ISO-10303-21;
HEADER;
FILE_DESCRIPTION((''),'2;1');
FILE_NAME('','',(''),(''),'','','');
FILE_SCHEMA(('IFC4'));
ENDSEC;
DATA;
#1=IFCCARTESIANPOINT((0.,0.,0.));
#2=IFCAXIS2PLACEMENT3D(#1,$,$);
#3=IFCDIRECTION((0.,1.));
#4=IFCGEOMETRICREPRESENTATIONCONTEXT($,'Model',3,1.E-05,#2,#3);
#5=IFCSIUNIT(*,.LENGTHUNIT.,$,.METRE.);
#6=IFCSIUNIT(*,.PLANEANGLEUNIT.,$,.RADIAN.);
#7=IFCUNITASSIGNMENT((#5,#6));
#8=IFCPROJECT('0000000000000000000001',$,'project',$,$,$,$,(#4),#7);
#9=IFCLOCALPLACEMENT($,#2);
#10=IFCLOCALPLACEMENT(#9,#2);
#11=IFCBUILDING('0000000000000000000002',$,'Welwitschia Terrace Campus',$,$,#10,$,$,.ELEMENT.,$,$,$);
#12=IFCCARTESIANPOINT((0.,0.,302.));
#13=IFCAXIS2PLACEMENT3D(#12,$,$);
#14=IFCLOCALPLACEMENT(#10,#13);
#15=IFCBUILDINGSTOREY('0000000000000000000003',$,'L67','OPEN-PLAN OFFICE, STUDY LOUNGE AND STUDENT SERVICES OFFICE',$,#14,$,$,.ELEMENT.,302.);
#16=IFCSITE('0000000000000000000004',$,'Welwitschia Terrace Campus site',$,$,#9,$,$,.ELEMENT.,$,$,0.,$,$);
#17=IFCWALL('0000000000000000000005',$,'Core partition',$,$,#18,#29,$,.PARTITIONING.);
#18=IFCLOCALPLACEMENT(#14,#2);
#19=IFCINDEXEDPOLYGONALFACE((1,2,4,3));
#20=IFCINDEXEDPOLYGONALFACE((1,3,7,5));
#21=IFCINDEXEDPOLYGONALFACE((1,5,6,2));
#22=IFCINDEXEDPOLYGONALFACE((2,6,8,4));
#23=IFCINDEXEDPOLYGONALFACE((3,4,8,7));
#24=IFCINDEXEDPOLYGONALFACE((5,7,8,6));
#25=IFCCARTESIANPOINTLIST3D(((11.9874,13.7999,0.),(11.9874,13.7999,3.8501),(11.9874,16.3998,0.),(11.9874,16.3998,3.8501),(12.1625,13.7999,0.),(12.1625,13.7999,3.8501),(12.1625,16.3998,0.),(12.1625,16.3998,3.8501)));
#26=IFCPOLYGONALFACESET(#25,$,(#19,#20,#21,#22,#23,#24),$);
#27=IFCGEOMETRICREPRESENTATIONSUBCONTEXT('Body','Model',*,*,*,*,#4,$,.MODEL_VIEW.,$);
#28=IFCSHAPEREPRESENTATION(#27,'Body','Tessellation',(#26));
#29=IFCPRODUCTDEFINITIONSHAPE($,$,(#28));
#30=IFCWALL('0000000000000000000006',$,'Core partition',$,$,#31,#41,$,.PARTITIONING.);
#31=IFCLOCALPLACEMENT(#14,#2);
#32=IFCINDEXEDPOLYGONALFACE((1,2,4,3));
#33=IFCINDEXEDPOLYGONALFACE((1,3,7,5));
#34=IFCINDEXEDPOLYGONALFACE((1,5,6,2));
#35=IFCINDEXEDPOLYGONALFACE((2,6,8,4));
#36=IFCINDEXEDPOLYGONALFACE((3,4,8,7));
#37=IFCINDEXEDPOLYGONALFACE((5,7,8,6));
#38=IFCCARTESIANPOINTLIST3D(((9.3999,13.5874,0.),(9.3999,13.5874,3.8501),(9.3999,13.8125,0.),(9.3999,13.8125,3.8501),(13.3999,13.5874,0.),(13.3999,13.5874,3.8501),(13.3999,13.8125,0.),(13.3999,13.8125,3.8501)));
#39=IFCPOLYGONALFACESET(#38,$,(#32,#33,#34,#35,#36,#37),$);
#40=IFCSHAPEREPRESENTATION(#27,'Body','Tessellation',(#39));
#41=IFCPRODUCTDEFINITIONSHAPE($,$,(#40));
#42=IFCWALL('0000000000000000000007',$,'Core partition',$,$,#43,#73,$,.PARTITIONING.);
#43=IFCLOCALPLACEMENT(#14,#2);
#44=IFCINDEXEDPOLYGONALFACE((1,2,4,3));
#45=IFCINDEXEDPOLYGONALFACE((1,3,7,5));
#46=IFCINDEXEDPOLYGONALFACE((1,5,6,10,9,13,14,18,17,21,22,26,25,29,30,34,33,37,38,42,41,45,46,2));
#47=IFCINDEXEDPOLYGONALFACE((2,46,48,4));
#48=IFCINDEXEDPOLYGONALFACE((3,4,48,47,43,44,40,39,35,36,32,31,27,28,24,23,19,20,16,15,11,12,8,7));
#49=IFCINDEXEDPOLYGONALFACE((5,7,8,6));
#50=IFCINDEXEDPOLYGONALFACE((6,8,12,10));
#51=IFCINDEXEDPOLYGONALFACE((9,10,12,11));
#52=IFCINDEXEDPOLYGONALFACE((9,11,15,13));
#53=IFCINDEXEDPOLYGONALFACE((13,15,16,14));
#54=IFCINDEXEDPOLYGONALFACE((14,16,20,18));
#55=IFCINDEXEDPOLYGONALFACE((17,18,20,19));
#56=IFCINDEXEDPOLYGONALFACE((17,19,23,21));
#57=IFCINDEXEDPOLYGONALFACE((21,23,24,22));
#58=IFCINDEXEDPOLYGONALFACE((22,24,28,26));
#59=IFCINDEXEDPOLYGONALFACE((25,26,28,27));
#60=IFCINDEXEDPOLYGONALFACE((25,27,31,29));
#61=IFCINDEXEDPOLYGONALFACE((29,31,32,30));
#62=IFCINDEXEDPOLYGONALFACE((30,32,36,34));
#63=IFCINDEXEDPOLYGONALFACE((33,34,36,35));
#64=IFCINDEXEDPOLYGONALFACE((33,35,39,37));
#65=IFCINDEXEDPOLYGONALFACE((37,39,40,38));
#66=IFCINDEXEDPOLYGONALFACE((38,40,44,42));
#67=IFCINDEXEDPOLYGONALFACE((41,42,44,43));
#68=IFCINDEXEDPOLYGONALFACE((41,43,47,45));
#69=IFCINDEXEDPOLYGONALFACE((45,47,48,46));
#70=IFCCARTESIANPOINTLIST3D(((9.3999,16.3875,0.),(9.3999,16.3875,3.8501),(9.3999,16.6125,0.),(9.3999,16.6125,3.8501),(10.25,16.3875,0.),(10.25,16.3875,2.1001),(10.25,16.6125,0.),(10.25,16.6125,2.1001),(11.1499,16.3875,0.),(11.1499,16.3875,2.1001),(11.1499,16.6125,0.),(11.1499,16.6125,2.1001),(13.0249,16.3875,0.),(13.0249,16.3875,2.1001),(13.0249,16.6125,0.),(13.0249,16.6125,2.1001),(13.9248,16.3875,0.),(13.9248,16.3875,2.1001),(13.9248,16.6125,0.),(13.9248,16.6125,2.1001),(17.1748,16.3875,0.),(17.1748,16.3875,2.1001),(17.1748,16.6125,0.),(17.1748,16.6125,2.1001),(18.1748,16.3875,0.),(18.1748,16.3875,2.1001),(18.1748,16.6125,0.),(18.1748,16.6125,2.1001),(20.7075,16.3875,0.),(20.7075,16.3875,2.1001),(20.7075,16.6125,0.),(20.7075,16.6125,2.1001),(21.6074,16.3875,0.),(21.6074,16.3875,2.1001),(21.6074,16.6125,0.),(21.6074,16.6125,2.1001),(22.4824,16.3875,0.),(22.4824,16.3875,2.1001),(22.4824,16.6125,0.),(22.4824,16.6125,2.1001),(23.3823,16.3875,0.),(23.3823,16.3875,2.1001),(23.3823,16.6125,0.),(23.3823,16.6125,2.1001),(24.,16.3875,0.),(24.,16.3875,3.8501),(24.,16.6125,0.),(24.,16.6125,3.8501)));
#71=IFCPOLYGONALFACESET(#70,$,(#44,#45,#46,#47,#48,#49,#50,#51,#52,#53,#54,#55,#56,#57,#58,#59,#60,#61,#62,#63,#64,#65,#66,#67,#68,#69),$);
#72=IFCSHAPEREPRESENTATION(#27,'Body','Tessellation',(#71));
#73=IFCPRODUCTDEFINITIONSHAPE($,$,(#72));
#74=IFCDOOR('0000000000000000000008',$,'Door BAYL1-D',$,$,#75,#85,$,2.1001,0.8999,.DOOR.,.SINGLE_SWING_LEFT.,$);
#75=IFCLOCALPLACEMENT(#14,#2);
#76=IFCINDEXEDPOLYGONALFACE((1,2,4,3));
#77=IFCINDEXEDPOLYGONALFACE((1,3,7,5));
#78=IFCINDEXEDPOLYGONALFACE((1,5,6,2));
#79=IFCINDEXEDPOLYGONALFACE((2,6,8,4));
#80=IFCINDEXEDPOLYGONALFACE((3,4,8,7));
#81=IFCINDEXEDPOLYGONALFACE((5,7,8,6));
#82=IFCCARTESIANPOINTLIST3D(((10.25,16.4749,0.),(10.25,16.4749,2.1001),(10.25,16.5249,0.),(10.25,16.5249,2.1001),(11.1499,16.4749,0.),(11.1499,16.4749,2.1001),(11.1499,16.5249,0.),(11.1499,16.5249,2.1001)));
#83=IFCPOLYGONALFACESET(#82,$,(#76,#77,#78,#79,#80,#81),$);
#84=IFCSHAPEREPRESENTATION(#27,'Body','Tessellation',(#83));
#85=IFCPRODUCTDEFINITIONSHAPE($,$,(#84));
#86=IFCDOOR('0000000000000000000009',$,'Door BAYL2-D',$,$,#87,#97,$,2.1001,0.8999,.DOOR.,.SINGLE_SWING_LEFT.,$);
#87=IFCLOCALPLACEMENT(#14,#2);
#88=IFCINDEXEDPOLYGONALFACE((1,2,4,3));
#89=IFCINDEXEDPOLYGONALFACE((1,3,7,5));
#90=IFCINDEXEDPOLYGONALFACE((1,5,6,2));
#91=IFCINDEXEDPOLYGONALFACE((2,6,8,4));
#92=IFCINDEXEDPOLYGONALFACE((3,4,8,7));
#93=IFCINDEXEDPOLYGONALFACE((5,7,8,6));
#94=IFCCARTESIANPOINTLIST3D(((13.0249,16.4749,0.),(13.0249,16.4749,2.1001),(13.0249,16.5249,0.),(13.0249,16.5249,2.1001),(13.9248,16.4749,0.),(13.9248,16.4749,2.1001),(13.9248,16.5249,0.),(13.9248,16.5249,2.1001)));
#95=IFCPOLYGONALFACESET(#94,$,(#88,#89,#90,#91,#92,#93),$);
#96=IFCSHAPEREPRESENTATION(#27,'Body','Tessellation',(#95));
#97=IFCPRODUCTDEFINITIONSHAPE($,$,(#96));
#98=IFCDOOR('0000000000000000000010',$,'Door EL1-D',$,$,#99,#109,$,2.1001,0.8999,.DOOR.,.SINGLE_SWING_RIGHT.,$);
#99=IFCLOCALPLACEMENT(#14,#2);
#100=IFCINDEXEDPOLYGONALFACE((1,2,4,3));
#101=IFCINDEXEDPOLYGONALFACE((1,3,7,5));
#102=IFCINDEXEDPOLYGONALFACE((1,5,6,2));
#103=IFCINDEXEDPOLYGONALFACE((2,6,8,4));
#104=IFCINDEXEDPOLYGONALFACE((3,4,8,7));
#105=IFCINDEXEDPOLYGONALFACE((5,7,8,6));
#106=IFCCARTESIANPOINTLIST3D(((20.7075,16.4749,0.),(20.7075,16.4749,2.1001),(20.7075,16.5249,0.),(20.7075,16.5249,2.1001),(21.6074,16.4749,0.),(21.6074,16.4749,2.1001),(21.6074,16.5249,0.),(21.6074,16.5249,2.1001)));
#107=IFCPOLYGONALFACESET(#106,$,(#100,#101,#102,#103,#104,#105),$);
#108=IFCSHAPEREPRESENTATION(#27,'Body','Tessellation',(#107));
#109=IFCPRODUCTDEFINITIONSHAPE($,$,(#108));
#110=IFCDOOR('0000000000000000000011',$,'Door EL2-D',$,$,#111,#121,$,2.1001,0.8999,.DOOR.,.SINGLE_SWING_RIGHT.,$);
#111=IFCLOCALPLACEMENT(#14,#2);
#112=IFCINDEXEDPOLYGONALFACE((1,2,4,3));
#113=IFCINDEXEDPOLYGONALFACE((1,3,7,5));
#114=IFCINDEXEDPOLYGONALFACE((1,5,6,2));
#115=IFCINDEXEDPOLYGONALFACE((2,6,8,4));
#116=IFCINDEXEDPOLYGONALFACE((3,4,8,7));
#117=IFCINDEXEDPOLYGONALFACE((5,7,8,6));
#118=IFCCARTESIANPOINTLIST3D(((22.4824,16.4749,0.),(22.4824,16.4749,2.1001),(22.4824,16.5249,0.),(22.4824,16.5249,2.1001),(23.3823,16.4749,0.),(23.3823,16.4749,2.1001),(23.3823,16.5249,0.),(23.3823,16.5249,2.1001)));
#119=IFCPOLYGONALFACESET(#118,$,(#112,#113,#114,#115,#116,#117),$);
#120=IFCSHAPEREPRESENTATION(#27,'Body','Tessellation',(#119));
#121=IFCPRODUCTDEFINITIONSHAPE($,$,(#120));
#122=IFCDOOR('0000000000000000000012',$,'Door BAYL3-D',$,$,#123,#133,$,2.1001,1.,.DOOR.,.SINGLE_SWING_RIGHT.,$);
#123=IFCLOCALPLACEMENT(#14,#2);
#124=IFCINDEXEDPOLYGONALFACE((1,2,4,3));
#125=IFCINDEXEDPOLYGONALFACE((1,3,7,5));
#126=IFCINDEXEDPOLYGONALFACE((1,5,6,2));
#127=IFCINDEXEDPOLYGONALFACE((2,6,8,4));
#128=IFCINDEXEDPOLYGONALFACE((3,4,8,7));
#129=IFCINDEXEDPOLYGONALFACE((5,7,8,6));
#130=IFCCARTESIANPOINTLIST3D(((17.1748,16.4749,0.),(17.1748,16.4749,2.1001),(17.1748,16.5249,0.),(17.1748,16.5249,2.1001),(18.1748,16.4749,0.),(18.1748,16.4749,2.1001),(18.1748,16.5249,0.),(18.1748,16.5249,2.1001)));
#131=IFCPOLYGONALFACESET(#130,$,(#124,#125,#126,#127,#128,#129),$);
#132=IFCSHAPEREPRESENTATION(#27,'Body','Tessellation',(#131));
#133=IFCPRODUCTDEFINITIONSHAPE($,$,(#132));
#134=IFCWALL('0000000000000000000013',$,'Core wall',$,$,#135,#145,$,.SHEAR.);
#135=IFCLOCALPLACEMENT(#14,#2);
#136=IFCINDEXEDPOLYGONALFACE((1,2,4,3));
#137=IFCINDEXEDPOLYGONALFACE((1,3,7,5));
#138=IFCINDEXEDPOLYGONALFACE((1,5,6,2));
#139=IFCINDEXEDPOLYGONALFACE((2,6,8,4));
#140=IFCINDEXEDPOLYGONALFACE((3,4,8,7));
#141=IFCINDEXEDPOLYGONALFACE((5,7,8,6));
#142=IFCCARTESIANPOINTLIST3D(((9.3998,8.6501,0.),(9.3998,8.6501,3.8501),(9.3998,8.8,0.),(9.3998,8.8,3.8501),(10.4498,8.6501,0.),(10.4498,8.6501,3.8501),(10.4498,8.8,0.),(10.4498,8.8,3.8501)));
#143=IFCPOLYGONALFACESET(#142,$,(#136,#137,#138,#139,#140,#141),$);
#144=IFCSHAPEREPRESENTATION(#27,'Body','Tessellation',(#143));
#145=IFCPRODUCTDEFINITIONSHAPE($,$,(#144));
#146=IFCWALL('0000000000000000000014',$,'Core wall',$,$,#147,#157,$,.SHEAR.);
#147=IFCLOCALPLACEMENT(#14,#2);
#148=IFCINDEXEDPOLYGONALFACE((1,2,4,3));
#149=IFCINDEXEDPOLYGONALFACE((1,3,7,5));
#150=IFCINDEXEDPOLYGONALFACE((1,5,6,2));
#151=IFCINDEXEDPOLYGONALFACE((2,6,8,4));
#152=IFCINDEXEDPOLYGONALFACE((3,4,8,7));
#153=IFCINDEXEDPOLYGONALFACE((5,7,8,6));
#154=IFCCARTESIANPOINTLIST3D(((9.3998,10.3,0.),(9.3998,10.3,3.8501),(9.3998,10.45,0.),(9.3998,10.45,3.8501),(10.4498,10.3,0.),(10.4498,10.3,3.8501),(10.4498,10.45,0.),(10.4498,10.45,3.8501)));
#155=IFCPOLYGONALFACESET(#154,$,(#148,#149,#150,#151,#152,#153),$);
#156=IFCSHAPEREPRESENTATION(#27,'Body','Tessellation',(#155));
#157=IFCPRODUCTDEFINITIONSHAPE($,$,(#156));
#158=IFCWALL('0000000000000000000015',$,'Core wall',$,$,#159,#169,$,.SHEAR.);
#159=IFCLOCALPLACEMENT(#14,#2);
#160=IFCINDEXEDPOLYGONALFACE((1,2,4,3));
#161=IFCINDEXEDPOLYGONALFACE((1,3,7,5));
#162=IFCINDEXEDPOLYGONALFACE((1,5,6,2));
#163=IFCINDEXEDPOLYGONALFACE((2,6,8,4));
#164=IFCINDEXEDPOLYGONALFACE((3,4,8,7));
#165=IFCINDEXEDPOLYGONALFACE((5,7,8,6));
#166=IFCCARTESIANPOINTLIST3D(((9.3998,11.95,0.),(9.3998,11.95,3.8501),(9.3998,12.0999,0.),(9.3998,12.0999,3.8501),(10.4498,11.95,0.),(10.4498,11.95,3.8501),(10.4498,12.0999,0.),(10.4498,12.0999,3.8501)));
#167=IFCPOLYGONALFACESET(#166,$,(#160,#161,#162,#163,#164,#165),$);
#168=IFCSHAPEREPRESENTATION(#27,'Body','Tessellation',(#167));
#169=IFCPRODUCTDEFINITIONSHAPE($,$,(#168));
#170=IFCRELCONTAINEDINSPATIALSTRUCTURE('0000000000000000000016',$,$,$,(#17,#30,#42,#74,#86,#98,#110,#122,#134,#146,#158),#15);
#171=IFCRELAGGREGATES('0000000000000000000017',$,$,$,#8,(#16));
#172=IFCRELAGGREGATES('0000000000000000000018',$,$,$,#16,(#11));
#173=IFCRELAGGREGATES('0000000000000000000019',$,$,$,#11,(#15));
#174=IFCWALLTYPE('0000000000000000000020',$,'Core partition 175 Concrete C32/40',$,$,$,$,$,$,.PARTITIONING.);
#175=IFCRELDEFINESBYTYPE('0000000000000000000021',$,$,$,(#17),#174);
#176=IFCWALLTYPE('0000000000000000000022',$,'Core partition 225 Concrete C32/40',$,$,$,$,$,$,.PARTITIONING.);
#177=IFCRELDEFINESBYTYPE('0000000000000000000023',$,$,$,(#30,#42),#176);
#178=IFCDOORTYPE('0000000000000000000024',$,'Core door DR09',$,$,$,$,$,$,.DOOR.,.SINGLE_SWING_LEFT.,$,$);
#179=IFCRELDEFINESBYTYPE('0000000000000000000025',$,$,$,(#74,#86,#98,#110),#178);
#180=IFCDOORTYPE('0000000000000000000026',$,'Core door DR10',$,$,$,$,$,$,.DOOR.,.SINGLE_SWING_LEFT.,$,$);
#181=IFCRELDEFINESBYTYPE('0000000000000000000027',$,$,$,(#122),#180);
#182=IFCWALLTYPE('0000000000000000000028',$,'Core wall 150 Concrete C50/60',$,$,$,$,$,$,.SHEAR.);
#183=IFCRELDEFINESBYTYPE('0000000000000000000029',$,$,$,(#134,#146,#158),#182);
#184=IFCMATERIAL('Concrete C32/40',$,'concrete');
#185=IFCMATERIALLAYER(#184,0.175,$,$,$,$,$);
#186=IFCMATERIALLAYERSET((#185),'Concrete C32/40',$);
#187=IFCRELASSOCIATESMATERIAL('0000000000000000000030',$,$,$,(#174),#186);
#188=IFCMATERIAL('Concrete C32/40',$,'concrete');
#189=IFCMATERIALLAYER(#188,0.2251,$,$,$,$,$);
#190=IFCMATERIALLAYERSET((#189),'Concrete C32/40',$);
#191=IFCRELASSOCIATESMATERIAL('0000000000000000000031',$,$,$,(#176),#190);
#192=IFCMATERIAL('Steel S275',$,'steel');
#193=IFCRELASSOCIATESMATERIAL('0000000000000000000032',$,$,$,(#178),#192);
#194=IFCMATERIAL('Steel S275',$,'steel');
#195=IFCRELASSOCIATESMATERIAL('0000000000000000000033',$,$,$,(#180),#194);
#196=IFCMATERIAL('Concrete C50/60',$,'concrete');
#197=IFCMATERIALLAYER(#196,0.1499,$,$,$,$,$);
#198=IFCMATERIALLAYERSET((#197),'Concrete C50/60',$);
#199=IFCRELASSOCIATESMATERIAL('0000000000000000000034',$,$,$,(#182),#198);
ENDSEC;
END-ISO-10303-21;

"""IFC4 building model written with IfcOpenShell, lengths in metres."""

from ifc_helpers import new_model, si_unit, direction, frame, frame_2d, origin, place, context, subcontext, project, spatial, rectangle, extrude, material, layer, layer_set, type_object, element, fill, save


model = new_model("IFC4")

# Units and contexts
model_context = context("Model", 3, precision=1e-05, world=origin(), true_north=direction((0.0, 1.0)))
body_context = subcontext(model_context, "Body", "Model", "MODEL_VIEW")
ifc_project = project(units=[si_unit("LENGTHUNIT", "METRE"), si_unit("PLANEANGLEUNIT", "RADIAN")], contexts=[model_context])

# Site, building, storey
site_placement = place(None, origin())
site = spatial("IfcSite", under=ifc_project, at=site_placement, Name="Welwitschia Terrace Campus site", CompositionType="ELEMENT", RefElevation=0.0)
building_placement = place(site_placement, origin())
building = spatial("IfcBuilding", under=site, at=building_placement, Name="Welwitschia Terrace Campus", CompositionType="ELEMENT")
storey_placement = place(building_placement, frame((0.0, 0.0, 302.0)))
storey = spatial("IfcBuildingStorey", under=building, at=storey_placement, Name="L67", Description="OPEN-PLAN OFFICE, STUDY LOUNGE AND STUDENT SERVICES OFFICE", CompositionType="ELEMENT", Elevation=302.0)

# Walls
ifc_material_1 = material(Name="Concrete C32/40", Category="concrete")
ifc_layer_1 = layer(ifc_material_1, 0.175)
ifc_layer_set_1 = layer_set([ifc_layer_1], Name="Concrete C32/40")
wall_type_1 = type_object("IfcWallType", Name="Core partition 175 Concrete C32/40", PredefinedType="PARTITIONING", material=ifc_layer_set_1)
wall_1_placement = place(storey_placement, frame((12.075, 13.8, 0.0), z_axis=(0.0, 0.0, 1.0), x_axis=(0.0, 1.0, 0.0)))
element("IfcWall", 1, at=wall_1_placement, inside=storey, type_object=wall_type_1, Name="Core partition", PredefinedType="PARTITIONING", context=body_context, shape_type="SweptSolid", body=[
    extrude(rectangle(XDim=2.5999, YDim=0.175, at=frame_2d((1.2998, 0.0))), origin(), (0.0, 0.0, 1.0), 3.8501),
])
ifc_material_2 = material(Name="Concrete C32/40", Category="concrete")
ifc_layer_2 = layer(ifc_material_2, 0.2251)
ifc_layer_set_2 = layer_set([ifc_layer_2], Name="Concrete C32/40")
wall_type_2 = type_object("IfcWallType", Name="Core partition 225 Concrete C32/40", PredefinedType="PARTITIONING", material=ifc_layer_set_2)
wall_2_placement = place(storey_placement, frame((9.3999, 13.7, 0.0), z_axis=(0.0, 0.0, 1.0), x_axis=(1.0, 0.0, 0.0)))
element("IfcWall", 2, at=wall_2_placement, inside=storey, type_object=wall_type_2, Name="Core partition", PredefinedType="PARTITIONING", context=body_context, shape_type="SweptSolid", body=[
    extrude(rectangle(XDim=4.0, YDim=0.2251, at=frame_2d((2.0, 0.0))), origin(), (0.0, 0.0, 1.0), 3.8501),
])

# Wall, openings, doors
wall_3_placement = place(storey_placement, frame((9.3999, 16.5, 0.0), z_axis=(0.0, 0.0, 1.0), x_axis=(1.0, 0.0, 0.0)))
wall_3 = element("IfcWall", 3, at=wall_3_placement, inside=storey, type_object=wall_type_2, Name="Core partition", PredefinedType="PARTITIONING", context=body_context, shape_type="SweptSolid", body=[
    extrude(rectangle(XDim=14.6001, YDim=0.2251, at=frame_2d((7.3, 0.0))), origin(), (0.0, 0.0, 1.0), 3.8501),
])
opening_1_placement = place(wall_3_placement, frame((0.8501, 0.0, 0.0)))
opening_1 = element("IfcOpeningElement", 4, at=opening_1_placement, cuts=wall_3, PredefinedType="OPENING", context=body_context, shape_type="SweptSolid", body=[
    extrude(rectangle(XDim=0.8999, YDim=2.1001, at=frame_2d((0.45, 1.05))), frame((0.0, 0.1226, 0.0), z_axis=(0.0, -1.0, 0.0), x_axis=(1.0, 0.0, 0.0)), (0.0, 0.0, 1.0), 0.2451),
])
opening_2_placement = place(wall_3_placement, frame((3.625, 0.0, 0.0)))
opening_2 = element("IfcOpeningElement", 5, at=opening_2_placement, cuts=wall_3, PredefinedType="OPENING", context=body_context, shape_type="SweptSolid", body=[
    extrude(rectangle(XDim=0.8999, YDim=2.1001, at=frame_2d((0.45, 1.05))), frame((0.0, 0.1226, 0.0), z_axis=(0.0, -1.0, 0.0), x_axis=(1.0, 0.0, 0.0)), (0.0, 0.0, 1.0), 0.2451),
])
opening_3_placement = place(wall_3_placement, frame((7.7749, 0.0, 0.0)))
opening_3 = element("IfcOpeningElement", 6, at=opening_3_placement, cuts=wall_3, PredefinedType="OPENING", context=body_context, shape_type="SweptSolid", body=[
    extrude(rectangle(XDim=1.0, YDim=2.1001, at=frame_2d((0.5, 1.05))), frame((0.0, 0.1226, 0.0), z_axis=(0.0, -1.0, 0.0), x_axis=(1.0, 0.0, 0.0)), (0.0, 0.0, 1.0), 0.2451),
])
opening_4_placement = place(wall_3_placement, frame((11.3076, 0.0, 0.0)))
opening_4 = element("IfcOpeningElement", 7, at=opening_4_placement, cuts=wall_3, PredefinedType="OPENING", context=body_context, shape_type="SweptSolid", body=[
    extrude(rectangle(XDim=0.8999, YDim=2.1001, at=frame_2d((0.45, 1.05))), frame((0.0, 0.1226, 0.0), z_axis=(0.0, -1.0, 0.0), x_axis=(1.0, 0.0, 0.0)), (0.0, 0.0, 1.0), 0.2451),
])
opening_5_placement = place(wall_3_placement, frame((13.0825, 0.0, 0.0)))
opening_5 = element("IfcOpeningElement", 8, at=opening_5_placement, cuts=wall_3, PredefinedType="OPENING", context=body_context, shape_type="SweptSolid", body=[
    extrude(rectangle(XDim=0.8999, YDim=2.1001, at=frame_2d((0.45, 1.05))), frame((0.0, 0.1226, 0.0), z_axis=(0.0, -1.0, 0.0), x_axis=(1.0, 0.0, 0.0)), (0.0, 0.0, 1.0), 0.2451),
])
ifc_material_3 = material(Name="Steel S275", Category="steel")
door_type_1 = type_object("IfcDoorType", Name="Core door DR09", OperationType="SINGLE_SWING_LEFT", PredefinedType="DOOR", material=ifc_material_3)
door_1_placement = place(opening_1_placement, origin())
door_1 = element("IfcDoor", 9, at=door_1_placement, inside=storey, type_object=door_type_1, Name="Door BAYL1-D", OperationType="SINGLE_SWING_LEFT", OverallHeight=2.1001, OverallWidth=0.8999, PredefinedType="DOOR", context=body_context, shape_type="SweptSolid", body=[
    extrude(rectangle(XDim=0.8999, YDim=2.1001, at=frame_2d((0.45, 1.05))), frame((0.0, 0.0249, 0.0), z_axis=(0.0, -1.0, 0.0), x_axis=(1.0, 0.0, 0.0)), (0.0, 0.0, 1.0), 0.05),
])
fill(opening_1, door_1)
door_2_placement = place(opening_2_placement, origin())
door_2 = element("IfcDoor", 10, at=door_2_placement, inside=storey, type_object=door_type_1, Name="Door BAYL2-D", OperationType="SINGLE_SWING_LEFT", OverallHeight=2.1001, OverallWidth=0.8999, PredefinedType="DOOR", context=body_context, shape_type="SweptSolid", body=[
    extrude(rectangle(XDim=0.8999, YDim=2.1001, at=frame_2d((0.45, 1.05))), frame((0.0, 0.0249, 0.0), z_axis=(0.0, -1.0, 0.0), x_axis=(1.0, 0.0, 0.0)), (0.0, 0.0, 1.0), 0.05),
])
fill(opening_2, door_2)
door_3_placement = place(opening_4_placement, origin())
door_3 = element("IfcDoor", 11, at=door_3_placement, inside=storey, type_object=door_type_1, Name="Door EL1-D", OperationType="SINGLE_SWING_RIGHT", OverallHeight=2.1001, OverallWidth=0.8999, PredefinedType="DOOR", context=body_context, shape_type="SweptSolid", body=[
    extrude(rectangle(XDim=0.8999, YDim=2.1001, at=frame_2d((0.45, 1.05))), frame((0.0, 0.0249, 0.0), z_axis=(0.0, -1.0, 0.0), x_axis=(1.0, 0.0, 0.0)), (0.0, 0.0, 1.0), 0.05),
])
fill(opening_4, door_3)
door_4_placement = place(opening_5_placement, origin())
door_4 = element("IfcDoor", 12, at=door_4_placement, inside=storey, type_object=door_type_1, Name="Door EL2-D", OperationType="SINGLE_SWING_RIGHT", OverallHeight=2.1001, OverallWidth=0.8999, PredefinedType="DOOR", context=body_context, shape_type="SweptSolid", body=[
    extrude(rectangle(XDim=0.8999, YDim=2.1001, at=frame_2d((0.45, 1.05))), frame((0.0, 0.0249, 0.0), z_axis=(0.0, -1.0, 0.0), x_axis=(1.0, 0.0, 0.0)), (0.0, 0.0, 1.0), 0.05),
])
fill(opening_5, door_4)
ifc_material_4 = material(Name="Steel S275", Category="steel")
door_type_2 = type_object("IfcDoorType", Name="Core door DR10", OperationType="SINGLE_SWING_LEFT", PredefinedType="DOOR", material=ifc_material_4)
door_5_placement = place(opening_3_placement, origin())
door_5 = element("IfcDoor", 13, at=door_5_placement, inside=storey, type_object=door_type_2, Name="Door BAYL3-D", OperationType="SINGLE_SWING_RIGHT", OverallHeight=2.1001, OverallWidth=1.0, PredefinedType="DOOR", context=body_context, shape_type="SweptSolid", body=[
    extrude(rectangle(XDim=1.0, YDim=2.1001, at=frame_2d((0.5, 1.05))), frame((0.0, 0.0249, 0.0), z_axis=(0.0, -1.0, 0.0), x_axis=(1.0, 0.0, 0.0)), (0.0, 0.0, 1.0), 0.05),
])
fill(opening_3, door_5)

# Walls
ifc_material_5 = material(Name="Concrete C50/60", Category="concrete")
ifc_layer_3 = layer(ifc_material_5, 0.1499)
ifc_layer_set_3 = layer_set([ifc_layer_3], Name="Concrete C50/60")
wall_type_3 = type_object("IfcWallType", Name="Core wall 150 Concrete C50/60", PredefinedType="SHEAR", material=ifc_layer_set_3)
for number, where, z_axis, x_axis, name in (
    (14, (9.3999, 8.7251, 0.0), (0.0, 0.0, 1.0), (1.0, 0.0, 0.0), "Core wall"),
    (15, (9.3999, 10.375, 0.0), (0.0, 0.0, 1.0), (1.0, 0.0, 0.0), "Core wall"),
    (16, (9.3999, 12.0249, 0.0), (0.0, 0.0, 1.0), (1.0, 0.0, 0.0), "Core wall"),
):
    element("IfcWall", number, at=place(storey_placement, frame(where, z_axis=z_axis, x_axis=x_axis)), inside=storey, type_object=wall_type_3, Name=name, PredefinedType="SHEAR", context=body_context, shape_type="SweptSolid", body=[
        extrude(rectangle(XDim=1.05, YDim=0.1499, at=frame_2d((0.5249, 0.0))), origin(), (0.0, 0.0, 1.0), 3.8501),
    ])

save(model, "model.ifc")
